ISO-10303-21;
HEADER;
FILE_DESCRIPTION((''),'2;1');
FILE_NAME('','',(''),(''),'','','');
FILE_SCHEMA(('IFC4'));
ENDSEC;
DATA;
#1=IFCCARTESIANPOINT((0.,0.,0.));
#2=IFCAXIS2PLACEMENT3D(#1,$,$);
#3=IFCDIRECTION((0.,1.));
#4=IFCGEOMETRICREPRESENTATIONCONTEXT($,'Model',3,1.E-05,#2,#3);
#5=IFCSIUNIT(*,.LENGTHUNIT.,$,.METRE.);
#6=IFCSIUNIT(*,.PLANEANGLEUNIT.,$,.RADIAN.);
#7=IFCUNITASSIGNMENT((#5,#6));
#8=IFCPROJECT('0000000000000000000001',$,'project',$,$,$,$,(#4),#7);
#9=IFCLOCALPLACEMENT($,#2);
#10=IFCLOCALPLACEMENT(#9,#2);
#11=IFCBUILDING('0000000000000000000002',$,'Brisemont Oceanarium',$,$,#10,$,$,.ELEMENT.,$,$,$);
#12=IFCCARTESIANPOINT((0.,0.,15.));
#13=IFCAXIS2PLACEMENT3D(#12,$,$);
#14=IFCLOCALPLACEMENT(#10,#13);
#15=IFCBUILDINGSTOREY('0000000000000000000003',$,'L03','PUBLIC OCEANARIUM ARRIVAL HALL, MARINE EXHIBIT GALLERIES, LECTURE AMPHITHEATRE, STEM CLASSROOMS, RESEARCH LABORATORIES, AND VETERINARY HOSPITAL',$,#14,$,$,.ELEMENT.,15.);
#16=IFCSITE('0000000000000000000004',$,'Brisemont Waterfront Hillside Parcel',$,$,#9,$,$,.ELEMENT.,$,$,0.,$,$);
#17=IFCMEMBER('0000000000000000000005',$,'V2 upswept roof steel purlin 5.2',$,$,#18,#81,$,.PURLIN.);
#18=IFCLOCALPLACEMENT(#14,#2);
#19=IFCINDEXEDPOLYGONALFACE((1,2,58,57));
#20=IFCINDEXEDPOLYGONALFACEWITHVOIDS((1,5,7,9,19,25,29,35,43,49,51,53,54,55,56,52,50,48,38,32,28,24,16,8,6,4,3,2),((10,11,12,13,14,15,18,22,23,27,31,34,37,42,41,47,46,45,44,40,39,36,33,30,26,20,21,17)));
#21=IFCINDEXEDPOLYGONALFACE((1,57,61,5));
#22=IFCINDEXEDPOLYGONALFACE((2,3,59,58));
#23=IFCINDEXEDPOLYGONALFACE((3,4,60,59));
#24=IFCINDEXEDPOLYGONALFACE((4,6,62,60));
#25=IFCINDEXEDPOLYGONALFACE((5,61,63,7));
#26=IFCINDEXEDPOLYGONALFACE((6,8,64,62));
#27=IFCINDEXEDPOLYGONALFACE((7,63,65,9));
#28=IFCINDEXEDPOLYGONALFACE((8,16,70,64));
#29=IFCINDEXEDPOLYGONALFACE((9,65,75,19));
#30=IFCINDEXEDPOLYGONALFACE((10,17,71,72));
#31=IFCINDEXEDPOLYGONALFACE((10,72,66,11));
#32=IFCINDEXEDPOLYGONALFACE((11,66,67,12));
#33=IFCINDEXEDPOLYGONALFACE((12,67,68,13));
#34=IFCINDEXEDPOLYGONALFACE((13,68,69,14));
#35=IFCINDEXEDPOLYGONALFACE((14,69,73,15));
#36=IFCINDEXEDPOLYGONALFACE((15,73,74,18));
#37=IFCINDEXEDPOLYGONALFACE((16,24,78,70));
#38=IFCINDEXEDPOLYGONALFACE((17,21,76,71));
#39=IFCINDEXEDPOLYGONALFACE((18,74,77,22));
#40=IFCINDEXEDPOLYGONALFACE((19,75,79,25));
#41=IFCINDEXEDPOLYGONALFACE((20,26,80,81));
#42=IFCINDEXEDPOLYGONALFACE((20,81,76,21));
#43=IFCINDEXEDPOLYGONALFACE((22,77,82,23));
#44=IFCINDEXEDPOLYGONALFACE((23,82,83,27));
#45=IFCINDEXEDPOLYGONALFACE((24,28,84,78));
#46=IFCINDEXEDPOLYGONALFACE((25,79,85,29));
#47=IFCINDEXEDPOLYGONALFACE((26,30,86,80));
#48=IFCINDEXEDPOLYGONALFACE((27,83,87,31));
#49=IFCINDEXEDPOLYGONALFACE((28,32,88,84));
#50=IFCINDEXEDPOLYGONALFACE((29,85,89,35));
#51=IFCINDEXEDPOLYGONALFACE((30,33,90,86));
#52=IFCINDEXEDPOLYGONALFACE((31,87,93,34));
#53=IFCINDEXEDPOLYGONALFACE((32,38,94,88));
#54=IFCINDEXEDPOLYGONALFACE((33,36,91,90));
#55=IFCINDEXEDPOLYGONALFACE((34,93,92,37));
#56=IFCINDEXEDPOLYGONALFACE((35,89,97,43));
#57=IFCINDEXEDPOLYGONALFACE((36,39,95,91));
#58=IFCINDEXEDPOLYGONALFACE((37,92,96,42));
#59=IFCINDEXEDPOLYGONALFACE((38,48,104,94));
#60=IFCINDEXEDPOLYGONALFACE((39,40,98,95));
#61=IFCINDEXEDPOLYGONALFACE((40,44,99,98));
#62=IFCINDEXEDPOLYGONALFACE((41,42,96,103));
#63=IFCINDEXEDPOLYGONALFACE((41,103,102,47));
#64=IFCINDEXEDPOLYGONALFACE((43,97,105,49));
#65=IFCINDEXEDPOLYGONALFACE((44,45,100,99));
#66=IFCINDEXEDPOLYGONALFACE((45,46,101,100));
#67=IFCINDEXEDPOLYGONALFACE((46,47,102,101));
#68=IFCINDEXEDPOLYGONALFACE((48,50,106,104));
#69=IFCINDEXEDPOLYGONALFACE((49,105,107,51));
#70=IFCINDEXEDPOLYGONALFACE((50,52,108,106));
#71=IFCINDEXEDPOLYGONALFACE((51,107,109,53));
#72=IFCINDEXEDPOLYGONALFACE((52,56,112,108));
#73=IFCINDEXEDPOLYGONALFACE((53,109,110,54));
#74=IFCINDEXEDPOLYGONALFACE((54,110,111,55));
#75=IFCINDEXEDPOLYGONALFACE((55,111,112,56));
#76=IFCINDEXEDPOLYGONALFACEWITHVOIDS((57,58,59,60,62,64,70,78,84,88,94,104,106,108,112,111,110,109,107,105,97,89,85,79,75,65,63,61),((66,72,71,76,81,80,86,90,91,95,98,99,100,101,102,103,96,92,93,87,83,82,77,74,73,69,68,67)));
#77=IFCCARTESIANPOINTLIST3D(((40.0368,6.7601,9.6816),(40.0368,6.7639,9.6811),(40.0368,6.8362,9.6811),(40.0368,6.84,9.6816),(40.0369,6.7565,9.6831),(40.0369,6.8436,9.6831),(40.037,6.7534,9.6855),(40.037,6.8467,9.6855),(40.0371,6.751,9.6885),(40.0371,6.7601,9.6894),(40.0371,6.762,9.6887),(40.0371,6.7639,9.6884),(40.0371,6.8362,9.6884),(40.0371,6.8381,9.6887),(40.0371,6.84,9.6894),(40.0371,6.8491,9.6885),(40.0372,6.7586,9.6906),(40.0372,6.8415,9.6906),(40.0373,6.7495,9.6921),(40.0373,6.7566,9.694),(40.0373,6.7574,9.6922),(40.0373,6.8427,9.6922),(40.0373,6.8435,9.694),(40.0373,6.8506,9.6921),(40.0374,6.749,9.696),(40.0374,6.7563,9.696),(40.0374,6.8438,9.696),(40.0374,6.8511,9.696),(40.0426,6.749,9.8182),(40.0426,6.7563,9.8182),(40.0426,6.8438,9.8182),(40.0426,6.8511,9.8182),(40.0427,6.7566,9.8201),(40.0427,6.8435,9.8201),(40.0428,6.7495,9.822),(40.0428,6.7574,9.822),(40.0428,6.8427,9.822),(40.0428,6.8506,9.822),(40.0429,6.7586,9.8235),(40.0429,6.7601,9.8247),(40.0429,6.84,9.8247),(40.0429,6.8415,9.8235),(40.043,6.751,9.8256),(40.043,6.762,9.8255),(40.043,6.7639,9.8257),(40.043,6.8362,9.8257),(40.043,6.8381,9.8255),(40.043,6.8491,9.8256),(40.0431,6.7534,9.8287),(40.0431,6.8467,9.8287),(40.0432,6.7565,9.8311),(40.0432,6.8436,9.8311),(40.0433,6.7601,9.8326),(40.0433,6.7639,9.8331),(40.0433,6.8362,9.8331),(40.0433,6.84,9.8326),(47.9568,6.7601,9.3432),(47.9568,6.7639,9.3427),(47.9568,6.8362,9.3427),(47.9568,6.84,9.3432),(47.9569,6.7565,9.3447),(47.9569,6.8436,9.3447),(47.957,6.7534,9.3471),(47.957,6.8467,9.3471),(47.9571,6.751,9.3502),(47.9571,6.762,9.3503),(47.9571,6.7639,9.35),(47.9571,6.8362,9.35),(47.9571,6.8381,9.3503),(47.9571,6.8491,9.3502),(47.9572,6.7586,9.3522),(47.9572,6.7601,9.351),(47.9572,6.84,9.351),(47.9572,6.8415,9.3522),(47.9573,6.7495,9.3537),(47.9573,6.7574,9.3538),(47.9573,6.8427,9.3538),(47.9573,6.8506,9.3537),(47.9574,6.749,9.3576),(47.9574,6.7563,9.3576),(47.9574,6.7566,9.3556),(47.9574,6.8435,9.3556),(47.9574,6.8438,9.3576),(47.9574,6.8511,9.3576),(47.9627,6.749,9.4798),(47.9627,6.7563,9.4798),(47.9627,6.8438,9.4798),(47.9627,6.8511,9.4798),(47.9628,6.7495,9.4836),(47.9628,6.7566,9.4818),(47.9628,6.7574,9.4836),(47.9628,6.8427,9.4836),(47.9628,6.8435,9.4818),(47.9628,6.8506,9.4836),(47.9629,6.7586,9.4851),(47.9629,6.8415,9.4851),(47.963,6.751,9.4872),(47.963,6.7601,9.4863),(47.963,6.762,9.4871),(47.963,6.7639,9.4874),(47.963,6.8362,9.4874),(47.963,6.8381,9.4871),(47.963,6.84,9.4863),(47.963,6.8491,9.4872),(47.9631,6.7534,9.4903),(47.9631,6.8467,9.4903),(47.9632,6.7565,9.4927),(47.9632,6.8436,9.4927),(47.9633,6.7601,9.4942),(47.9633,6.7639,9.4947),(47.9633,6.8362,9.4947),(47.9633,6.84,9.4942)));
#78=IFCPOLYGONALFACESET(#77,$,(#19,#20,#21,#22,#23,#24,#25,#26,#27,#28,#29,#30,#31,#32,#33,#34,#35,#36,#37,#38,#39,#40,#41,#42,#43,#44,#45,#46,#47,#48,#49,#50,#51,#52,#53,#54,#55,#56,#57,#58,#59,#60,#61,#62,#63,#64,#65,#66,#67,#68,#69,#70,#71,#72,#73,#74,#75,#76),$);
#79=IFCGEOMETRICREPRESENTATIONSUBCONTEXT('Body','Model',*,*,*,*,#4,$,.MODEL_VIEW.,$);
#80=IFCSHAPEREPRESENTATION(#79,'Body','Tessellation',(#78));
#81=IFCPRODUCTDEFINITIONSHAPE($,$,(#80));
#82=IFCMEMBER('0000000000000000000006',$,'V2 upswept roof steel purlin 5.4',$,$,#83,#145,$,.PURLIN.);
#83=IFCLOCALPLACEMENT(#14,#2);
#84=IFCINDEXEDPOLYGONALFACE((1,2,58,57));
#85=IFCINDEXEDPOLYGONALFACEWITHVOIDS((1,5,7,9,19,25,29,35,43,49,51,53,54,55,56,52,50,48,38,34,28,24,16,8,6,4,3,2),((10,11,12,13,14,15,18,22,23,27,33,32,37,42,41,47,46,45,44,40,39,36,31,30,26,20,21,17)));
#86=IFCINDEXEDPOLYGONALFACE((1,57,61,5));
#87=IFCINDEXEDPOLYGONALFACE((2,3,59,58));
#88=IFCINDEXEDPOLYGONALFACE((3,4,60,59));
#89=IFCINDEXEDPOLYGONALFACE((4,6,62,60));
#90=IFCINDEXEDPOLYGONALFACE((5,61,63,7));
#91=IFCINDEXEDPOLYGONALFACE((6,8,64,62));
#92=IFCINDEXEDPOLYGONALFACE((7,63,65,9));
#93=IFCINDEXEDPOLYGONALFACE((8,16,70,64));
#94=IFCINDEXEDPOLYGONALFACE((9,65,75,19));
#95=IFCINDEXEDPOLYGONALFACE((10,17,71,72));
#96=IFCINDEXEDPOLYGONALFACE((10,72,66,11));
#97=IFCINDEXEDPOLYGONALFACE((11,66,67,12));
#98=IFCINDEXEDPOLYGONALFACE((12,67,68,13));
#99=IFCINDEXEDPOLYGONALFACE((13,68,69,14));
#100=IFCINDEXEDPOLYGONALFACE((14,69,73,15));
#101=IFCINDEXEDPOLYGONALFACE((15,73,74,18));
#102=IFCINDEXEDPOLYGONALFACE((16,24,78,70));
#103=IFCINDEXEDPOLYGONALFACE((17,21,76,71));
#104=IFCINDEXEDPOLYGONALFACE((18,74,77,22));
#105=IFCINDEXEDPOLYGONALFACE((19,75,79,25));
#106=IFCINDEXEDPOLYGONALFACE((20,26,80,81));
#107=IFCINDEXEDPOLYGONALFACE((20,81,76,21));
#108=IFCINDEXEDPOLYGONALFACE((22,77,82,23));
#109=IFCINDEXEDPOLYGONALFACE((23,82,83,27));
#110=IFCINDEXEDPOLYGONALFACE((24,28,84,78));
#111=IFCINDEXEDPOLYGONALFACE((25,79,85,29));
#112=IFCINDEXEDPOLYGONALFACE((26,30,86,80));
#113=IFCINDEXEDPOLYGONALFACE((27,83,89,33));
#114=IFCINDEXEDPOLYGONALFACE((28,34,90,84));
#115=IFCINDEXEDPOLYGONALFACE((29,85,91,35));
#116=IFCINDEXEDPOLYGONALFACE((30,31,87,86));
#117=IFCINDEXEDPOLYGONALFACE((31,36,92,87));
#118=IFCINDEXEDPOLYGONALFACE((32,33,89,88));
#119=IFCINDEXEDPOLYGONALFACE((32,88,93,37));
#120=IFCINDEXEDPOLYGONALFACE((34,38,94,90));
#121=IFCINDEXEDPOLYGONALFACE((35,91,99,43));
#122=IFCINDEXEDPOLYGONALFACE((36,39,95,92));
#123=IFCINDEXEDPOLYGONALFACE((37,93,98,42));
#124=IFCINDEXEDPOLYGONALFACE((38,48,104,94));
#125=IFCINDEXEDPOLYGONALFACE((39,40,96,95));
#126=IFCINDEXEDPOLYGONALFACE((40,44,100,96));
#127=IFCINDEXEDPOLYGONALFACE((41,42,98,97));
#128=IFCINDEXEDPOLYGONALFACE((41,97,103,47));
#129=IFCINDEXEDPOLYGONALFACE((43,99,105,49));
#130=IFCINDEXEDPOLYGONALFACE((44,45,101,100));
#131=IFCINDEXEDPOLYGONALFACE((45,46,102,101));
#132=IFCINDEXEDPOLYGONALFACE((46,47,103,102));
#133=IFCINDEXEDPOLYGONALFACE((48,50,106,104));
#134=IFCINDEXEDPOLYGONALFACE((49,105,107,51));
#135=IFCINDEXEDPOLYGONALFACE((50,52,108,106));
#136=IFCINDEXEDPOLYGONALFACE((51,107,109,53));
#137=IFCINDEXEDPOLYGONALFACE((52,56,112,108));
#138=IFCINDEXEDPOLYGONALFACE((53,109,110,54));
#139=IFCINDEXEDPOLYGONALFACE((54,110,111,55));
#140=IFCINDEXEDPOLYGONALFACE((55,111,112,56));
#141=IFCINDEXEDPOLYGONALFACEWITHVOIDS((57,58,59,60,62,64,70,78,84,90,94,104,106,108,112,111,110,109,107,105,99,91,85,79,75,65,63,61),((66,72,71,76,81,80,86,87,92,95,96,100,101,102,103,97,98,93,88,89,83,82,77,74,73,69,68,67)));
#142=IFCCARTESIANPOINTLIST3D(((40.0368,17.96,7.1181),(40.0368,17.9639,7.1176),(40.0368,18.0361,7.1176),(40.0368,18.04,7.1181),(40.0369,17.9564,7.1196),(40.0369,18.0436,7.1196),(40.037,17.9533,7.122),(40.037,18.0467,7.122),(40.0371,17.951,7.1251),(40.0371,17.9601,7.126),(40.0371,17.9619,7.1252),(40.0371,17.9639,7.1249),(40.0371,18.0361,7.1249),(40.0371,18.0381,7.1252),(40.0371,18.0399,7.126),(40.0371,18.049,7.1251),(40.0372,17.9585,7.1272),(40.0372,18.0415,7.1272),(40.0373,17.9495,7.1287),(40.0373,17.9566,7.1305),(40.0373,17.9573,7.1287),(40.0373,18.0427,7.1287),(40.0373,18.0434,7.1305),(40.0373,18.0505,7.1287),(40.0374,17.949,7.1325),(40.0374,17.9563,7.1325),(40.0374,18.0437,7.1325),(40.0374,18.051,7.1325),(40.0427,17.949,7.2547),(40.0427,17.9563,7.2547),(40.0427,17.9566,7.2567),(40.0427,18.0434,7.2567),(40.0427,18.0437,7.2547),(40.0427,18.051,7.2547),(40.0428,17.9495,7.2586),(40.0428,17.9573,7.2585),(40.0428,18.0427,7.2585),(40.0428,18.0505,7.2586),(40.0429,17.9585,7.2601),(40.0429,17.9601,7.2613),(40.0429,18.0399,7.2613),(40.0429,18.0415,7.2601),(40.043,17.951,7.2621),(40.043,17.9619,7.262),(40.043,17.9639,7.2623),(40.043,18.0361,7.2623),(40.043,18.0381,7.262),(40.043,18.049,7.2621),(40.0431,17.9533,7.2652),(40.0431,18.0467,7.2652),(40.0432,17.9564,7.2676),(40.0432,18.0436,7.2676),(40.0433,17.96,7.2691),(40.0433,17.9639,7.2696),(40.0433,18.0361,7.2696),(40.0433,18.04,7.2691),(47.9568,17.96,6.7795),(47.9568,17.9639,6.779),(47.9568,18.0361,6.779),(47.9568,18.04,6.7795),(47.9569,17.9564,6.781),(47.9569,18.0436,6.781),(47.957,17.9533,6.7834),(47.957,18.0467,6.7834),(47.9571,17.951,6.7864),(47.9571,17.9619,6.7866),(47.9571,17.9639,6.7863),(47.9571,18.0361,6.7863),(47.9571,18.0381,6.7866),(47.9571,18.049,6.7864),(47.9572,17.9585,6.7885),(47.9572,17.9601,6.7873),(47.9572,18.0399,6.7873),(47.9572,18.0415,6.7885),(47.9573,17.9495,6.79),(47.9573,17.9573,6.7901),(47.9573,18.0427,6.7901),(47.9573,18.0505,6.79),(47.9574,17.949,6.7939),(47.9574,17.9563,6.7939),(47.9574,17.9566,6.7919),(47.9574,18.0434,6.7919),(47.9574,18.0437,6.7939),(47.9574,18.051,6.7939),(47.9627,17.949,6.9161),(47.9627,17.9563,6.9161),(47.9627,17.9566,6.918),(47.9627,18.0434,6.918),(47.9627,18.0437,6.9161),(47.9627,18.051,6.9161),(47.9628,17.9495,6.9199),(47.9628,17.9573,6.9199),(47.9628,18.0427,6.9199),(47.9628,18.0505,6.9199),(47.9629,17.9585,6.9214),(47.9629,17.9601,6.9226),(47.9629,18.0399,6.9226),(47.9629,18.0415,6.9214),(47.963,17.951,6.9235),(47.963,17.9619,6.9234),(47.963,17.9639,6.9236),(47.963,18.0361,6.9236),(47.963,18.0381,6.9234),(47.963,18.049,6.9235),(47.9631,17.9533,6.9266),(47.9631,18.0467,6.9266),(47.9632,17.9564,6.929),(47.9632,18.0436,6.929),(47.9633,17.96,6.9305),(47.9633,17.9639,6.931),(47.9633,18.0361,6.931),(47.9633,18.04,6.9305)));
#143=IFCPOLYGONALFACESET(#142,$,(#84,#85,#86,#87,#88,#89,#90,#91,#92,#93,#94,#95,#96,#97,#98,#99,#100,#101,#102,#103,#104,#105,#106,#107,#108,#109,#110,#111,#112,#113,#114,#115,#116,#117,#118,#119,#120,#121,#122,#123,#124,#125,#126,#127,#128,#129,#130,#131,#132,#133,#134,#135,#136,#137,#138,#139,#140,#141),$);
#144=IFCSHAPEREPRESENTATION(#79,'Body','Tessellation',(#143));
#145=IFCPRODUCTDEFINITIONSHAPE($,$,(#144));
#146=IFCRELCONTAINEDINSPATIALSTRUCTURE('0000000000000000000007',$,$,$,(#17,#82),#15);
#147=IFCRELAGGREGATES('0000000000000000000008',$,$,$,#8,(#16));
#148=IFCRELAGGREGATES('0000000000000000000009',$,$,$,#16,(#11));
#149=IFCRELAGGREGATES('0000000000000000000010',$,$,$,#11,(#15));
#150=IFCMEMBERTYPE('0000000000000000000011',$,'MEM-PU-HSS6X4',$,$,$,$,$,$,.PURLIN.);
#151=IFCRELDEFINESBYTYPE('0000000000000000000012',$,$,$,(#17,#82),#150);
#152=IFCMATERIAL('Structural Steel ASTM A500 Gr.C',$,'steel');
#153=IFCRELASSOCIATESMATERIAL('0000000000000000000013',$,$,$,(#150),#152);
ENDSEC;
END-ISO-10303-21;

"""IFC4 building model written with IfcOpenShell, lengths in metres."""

from ifc_helpers import new_model, si_unit, direction, frame, origin, origin_2d, place, context, subcontext, project, spatial, hollow_rectangle, extrude, material, material_profile, profile_set, type_object, element, save


model = new_model("IFC4")

# Units and contexts
model_context = context("Model", 3, precision=1e-05, world=origin(), true_north=direction((0.0, 1.0)))
body_context = subcontext(model_context, "Body", "Model", "MODEL_VIEW")
ifc_project = project(units=[si_unit("LENGTHUNIT", "METRE"), si_unit("PLANEANGLEUNIT", "RADIAN")], contexts=[model_context])

# Site, building, storey
site_placement = place(None, origin())
site = spatial("IfcSite", under=ifc_project, at=site_placement, Name="Brisemont Waterfront Hillside Parcel", CompositionType="ELEMENT", RefElevation=0.0)
building_placement = place(site_placement, origin())
building = spatial("IfcBuilding", under=site, at=building_placement, Name="Brisemont Oceanarium", CompositionType="ELEMENT")
storey_placement = place(building_placement, frame((0.0, 0.0, 15.0)))
storey = spatial("IfcBuildingStorey", under=building, at=storey_placement, Name="L03", Description="PUBLIC OCEANARIUM ARRIVAL HALL, MARINE EXHIBIT GALLERIES, LECTURE AMPHITHEATRE, STEM CLASSROOMS, RESEARCH LABORATORIES, AND VETERINARY HOSPITAL", CompositionType="ELEMENT", Elevation=15.0)

# Members
ifc_material_1 = material(Name="Structural Steel ASTM A500 Gr.C", Category="steel")
ifc_material_profile_1 = material_profile(ifc_material_1, hollow_rectangle(XDim=0.1021, YDim=0.1521, WallThickness=0.0073, InnerFilletRadius=0.0076, OuterFilletRadius=0.0149, at=origin_2d()), Name="HSS6X4X5/16")
ifc_profile_set_1 = profile_set([ifc_material_profile_1], Name="Structural Steel ASTM A500 Gr.C")
member_type_1 = type_object("IfcMemberType", Name="MEM-PU-HSS6X4", PredefinedType="PURLIN", material=ifc_profile_set_1)
for number, where, z_axis, x_axis, name in (
    (1, (40.04, 6.8, 9.7571), (0.999089, 0.0, -0.042686), (0.0, 1.0, 0.0), "V2 upswept roof steel purlin 5.2"),
    (2, (40.04, 18.0, 7.1936), (0.999087, 0.0, -0.042717), (0.0, 1.0, 0.0), "V2 upswept roof steel purlin 5.4"),
):
    element("IfcMember", number, at=place(storey_placement, frame(where, z_axis=z_axis, x_axis=x_axis)), inside=storey, type_object=member_type_1, Name=name, PredefinedType="PURLIN", context=body_context, shape_type="SweptSolid", body=[
        extrude(hollow_rectangle(XDim=0.1021, YDim=0.1521, WallThickness=0.0073, InnerFilletRadius=0.0076, OuterFilletRadius=0.0149, at=origin_2d()), origin(), (0.0, 0.0, 1.0), 7.9272),
    ])

save(model, "model.ifc")
